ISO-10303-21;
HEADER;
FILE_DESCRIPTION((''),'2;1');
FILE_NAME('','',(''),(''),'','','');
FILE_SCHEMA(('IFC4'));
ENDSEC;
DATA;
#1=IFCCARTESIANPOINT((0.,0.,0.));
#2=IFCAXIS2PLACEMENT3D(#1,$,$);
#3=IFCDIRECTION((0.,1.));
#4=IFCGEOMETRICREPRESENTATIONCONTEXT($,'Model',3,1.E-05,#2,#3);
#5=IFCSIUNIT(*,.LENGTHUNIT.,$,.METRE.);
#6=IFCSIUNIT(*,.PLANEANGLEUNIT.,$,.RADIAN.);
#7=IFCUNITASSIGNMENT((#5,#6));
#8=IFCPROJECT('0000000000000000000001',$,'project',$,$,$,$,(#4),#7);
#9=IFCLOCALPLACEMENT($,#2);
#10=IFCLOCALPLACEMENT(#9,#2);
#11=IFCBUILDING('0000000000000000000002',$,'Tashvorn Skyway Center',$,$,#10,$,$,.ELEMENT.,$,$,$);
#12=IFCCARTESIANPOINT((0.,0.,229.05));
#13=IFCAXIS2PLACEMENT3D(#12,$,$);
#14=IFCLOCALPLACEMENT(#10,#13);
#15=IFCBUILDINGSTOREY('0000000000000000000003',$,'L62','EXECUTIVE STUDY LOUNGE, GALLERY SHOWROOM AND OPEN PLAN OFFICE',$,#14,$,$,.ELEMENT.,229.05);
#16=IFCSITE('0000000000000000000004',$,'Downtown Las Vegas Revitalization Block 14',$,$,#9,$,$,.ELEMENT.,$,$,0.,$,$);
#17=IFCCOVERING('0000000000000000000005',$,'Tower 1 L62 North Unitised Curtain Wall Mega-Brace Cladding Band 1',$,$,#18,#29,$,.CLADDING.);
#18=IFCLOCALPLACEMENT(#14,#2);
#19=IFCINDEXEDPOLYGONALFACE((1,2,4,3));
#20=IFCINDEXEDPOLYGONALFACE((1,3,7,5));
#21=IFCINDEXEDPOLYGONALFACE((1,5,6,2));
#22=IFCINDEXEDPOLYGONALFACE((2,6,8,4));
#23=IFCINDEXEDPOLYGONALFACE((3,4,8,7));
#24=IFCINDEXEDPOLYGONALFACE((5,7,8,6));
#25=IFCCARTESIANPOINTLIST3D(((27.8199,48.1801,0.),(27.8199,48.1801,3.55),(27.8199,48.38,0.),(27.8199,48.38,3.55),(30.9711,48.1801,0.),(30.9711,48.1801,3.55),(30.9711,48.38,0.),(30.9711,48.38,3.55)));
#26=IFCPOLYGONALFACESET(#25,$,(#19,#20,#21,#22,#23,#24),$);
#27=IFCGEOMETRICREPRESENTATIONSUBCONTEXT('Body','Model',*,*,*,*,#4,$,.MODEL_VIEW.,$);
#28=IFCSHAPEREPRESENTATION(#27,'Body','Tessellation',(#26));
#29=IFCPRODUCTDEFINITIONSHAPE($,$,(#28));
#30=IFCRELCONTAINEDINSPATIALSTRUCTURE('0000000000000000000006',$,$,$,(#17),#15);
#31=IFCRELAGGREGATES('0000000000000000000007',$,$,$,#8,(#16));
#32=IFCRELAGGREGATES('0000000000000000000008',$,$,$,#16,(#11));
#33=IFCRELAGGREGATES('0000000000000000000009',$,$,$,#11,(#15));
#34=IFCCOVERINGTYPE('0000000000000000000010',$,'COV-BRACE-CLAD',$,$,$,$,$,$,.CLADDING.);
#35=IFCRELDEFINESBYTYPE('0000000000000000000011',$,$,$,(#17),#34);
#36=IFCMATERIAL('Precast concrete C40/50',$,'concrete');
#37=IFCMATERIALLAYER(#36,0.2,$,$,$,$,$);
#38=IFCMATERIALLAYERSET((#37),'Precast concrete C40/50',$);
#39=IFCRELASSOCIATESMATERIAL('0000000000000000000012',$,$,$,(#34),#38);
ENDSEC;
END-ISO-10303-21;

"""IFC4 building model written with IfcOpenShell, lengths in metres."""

from ifc_helpers import new_model, si_unit, direction, frame, origin, origin_2d, place, context, subcontext, project, spatial, rectangle, extrude, material, layer, layer_set, type_object, element, save


model = new_model("IFC4")

# Units and contexts
model_context = context("Model", 3, precision=1e-05, world=origin(), true_north=direction((0.0, 1.0)))
body_context = subcontext(model_context, "Body", "Model", "MODEL_VIEW")
ifc_project = project(units=[si_unit("LENGTHUNIT", "METRE"), si_unit("PLANEANGLEUNIT", "RADIAN")], contexts=[model_context])

# Site, building, storey
site_placement = place(None, origin())
site = spatial("IfcSite", under=ifc_project, at=site_placement, Name="Downtown Las Vegas Revitalization Block 14", CompositionType="ELEMENT", RefElevation=0.0)
building_placement = place(site_placement, origin())
building = spatial("IfcBuilding", under=site, at=building_placement, Name="Tashvorn Skyway Center", CompositionType="ELEMENT")
storey_placement = place(building_placement, frame((0.0, 0.0, 229.05)))
storey = spatial("IfcBuildingStorey", under=building, at=storey_placement, Name="L62", Description="EXECUTIVE STUDY LOUNGE, GALLERY SHOWROOM AND OPEN PLAN OFFICE", CompositionType="ELEMENT", Elevation=229.05)

# Covering
ifc_material_1 = material(Name="Precast concrete C40/50", Category="concrete")
ifc_layer_1 = layer(ifc_material_1, 0.2)
ifc_layer_set_1 = layer_set([ifc_layer_1], Name="Precast concrete C40/50")
covering_type = type_object("IfcCoveringType", Name="COV-BRACE-CLAD", PredefinedType="CLADDING", material=ifc_layer_set_1)
covering_placement = place(storey_placement, frame((29.3955, 48.28, 0.0), z_axis=(0.0, 0.0, 1.0), x_axis=(1.0, 0.0, 0.0)))
element("IfcCovering", 1, at=covering_placement, inside=storey, type_object=covering_type, Name="Tower 1 L62 North Unitised Curtain Wall Mega-Brace Cladding Band 1", PredefinedType="CLADDING", context=body_context, shape_type="SweptSolid", body=[
    extrude(rectangle(XDim=3.1511, YDim=0.2, at=origin_2d()), origin(), (0.0, 0.0, 1.0), 3.55),
])

save(model, "model.ifc")
